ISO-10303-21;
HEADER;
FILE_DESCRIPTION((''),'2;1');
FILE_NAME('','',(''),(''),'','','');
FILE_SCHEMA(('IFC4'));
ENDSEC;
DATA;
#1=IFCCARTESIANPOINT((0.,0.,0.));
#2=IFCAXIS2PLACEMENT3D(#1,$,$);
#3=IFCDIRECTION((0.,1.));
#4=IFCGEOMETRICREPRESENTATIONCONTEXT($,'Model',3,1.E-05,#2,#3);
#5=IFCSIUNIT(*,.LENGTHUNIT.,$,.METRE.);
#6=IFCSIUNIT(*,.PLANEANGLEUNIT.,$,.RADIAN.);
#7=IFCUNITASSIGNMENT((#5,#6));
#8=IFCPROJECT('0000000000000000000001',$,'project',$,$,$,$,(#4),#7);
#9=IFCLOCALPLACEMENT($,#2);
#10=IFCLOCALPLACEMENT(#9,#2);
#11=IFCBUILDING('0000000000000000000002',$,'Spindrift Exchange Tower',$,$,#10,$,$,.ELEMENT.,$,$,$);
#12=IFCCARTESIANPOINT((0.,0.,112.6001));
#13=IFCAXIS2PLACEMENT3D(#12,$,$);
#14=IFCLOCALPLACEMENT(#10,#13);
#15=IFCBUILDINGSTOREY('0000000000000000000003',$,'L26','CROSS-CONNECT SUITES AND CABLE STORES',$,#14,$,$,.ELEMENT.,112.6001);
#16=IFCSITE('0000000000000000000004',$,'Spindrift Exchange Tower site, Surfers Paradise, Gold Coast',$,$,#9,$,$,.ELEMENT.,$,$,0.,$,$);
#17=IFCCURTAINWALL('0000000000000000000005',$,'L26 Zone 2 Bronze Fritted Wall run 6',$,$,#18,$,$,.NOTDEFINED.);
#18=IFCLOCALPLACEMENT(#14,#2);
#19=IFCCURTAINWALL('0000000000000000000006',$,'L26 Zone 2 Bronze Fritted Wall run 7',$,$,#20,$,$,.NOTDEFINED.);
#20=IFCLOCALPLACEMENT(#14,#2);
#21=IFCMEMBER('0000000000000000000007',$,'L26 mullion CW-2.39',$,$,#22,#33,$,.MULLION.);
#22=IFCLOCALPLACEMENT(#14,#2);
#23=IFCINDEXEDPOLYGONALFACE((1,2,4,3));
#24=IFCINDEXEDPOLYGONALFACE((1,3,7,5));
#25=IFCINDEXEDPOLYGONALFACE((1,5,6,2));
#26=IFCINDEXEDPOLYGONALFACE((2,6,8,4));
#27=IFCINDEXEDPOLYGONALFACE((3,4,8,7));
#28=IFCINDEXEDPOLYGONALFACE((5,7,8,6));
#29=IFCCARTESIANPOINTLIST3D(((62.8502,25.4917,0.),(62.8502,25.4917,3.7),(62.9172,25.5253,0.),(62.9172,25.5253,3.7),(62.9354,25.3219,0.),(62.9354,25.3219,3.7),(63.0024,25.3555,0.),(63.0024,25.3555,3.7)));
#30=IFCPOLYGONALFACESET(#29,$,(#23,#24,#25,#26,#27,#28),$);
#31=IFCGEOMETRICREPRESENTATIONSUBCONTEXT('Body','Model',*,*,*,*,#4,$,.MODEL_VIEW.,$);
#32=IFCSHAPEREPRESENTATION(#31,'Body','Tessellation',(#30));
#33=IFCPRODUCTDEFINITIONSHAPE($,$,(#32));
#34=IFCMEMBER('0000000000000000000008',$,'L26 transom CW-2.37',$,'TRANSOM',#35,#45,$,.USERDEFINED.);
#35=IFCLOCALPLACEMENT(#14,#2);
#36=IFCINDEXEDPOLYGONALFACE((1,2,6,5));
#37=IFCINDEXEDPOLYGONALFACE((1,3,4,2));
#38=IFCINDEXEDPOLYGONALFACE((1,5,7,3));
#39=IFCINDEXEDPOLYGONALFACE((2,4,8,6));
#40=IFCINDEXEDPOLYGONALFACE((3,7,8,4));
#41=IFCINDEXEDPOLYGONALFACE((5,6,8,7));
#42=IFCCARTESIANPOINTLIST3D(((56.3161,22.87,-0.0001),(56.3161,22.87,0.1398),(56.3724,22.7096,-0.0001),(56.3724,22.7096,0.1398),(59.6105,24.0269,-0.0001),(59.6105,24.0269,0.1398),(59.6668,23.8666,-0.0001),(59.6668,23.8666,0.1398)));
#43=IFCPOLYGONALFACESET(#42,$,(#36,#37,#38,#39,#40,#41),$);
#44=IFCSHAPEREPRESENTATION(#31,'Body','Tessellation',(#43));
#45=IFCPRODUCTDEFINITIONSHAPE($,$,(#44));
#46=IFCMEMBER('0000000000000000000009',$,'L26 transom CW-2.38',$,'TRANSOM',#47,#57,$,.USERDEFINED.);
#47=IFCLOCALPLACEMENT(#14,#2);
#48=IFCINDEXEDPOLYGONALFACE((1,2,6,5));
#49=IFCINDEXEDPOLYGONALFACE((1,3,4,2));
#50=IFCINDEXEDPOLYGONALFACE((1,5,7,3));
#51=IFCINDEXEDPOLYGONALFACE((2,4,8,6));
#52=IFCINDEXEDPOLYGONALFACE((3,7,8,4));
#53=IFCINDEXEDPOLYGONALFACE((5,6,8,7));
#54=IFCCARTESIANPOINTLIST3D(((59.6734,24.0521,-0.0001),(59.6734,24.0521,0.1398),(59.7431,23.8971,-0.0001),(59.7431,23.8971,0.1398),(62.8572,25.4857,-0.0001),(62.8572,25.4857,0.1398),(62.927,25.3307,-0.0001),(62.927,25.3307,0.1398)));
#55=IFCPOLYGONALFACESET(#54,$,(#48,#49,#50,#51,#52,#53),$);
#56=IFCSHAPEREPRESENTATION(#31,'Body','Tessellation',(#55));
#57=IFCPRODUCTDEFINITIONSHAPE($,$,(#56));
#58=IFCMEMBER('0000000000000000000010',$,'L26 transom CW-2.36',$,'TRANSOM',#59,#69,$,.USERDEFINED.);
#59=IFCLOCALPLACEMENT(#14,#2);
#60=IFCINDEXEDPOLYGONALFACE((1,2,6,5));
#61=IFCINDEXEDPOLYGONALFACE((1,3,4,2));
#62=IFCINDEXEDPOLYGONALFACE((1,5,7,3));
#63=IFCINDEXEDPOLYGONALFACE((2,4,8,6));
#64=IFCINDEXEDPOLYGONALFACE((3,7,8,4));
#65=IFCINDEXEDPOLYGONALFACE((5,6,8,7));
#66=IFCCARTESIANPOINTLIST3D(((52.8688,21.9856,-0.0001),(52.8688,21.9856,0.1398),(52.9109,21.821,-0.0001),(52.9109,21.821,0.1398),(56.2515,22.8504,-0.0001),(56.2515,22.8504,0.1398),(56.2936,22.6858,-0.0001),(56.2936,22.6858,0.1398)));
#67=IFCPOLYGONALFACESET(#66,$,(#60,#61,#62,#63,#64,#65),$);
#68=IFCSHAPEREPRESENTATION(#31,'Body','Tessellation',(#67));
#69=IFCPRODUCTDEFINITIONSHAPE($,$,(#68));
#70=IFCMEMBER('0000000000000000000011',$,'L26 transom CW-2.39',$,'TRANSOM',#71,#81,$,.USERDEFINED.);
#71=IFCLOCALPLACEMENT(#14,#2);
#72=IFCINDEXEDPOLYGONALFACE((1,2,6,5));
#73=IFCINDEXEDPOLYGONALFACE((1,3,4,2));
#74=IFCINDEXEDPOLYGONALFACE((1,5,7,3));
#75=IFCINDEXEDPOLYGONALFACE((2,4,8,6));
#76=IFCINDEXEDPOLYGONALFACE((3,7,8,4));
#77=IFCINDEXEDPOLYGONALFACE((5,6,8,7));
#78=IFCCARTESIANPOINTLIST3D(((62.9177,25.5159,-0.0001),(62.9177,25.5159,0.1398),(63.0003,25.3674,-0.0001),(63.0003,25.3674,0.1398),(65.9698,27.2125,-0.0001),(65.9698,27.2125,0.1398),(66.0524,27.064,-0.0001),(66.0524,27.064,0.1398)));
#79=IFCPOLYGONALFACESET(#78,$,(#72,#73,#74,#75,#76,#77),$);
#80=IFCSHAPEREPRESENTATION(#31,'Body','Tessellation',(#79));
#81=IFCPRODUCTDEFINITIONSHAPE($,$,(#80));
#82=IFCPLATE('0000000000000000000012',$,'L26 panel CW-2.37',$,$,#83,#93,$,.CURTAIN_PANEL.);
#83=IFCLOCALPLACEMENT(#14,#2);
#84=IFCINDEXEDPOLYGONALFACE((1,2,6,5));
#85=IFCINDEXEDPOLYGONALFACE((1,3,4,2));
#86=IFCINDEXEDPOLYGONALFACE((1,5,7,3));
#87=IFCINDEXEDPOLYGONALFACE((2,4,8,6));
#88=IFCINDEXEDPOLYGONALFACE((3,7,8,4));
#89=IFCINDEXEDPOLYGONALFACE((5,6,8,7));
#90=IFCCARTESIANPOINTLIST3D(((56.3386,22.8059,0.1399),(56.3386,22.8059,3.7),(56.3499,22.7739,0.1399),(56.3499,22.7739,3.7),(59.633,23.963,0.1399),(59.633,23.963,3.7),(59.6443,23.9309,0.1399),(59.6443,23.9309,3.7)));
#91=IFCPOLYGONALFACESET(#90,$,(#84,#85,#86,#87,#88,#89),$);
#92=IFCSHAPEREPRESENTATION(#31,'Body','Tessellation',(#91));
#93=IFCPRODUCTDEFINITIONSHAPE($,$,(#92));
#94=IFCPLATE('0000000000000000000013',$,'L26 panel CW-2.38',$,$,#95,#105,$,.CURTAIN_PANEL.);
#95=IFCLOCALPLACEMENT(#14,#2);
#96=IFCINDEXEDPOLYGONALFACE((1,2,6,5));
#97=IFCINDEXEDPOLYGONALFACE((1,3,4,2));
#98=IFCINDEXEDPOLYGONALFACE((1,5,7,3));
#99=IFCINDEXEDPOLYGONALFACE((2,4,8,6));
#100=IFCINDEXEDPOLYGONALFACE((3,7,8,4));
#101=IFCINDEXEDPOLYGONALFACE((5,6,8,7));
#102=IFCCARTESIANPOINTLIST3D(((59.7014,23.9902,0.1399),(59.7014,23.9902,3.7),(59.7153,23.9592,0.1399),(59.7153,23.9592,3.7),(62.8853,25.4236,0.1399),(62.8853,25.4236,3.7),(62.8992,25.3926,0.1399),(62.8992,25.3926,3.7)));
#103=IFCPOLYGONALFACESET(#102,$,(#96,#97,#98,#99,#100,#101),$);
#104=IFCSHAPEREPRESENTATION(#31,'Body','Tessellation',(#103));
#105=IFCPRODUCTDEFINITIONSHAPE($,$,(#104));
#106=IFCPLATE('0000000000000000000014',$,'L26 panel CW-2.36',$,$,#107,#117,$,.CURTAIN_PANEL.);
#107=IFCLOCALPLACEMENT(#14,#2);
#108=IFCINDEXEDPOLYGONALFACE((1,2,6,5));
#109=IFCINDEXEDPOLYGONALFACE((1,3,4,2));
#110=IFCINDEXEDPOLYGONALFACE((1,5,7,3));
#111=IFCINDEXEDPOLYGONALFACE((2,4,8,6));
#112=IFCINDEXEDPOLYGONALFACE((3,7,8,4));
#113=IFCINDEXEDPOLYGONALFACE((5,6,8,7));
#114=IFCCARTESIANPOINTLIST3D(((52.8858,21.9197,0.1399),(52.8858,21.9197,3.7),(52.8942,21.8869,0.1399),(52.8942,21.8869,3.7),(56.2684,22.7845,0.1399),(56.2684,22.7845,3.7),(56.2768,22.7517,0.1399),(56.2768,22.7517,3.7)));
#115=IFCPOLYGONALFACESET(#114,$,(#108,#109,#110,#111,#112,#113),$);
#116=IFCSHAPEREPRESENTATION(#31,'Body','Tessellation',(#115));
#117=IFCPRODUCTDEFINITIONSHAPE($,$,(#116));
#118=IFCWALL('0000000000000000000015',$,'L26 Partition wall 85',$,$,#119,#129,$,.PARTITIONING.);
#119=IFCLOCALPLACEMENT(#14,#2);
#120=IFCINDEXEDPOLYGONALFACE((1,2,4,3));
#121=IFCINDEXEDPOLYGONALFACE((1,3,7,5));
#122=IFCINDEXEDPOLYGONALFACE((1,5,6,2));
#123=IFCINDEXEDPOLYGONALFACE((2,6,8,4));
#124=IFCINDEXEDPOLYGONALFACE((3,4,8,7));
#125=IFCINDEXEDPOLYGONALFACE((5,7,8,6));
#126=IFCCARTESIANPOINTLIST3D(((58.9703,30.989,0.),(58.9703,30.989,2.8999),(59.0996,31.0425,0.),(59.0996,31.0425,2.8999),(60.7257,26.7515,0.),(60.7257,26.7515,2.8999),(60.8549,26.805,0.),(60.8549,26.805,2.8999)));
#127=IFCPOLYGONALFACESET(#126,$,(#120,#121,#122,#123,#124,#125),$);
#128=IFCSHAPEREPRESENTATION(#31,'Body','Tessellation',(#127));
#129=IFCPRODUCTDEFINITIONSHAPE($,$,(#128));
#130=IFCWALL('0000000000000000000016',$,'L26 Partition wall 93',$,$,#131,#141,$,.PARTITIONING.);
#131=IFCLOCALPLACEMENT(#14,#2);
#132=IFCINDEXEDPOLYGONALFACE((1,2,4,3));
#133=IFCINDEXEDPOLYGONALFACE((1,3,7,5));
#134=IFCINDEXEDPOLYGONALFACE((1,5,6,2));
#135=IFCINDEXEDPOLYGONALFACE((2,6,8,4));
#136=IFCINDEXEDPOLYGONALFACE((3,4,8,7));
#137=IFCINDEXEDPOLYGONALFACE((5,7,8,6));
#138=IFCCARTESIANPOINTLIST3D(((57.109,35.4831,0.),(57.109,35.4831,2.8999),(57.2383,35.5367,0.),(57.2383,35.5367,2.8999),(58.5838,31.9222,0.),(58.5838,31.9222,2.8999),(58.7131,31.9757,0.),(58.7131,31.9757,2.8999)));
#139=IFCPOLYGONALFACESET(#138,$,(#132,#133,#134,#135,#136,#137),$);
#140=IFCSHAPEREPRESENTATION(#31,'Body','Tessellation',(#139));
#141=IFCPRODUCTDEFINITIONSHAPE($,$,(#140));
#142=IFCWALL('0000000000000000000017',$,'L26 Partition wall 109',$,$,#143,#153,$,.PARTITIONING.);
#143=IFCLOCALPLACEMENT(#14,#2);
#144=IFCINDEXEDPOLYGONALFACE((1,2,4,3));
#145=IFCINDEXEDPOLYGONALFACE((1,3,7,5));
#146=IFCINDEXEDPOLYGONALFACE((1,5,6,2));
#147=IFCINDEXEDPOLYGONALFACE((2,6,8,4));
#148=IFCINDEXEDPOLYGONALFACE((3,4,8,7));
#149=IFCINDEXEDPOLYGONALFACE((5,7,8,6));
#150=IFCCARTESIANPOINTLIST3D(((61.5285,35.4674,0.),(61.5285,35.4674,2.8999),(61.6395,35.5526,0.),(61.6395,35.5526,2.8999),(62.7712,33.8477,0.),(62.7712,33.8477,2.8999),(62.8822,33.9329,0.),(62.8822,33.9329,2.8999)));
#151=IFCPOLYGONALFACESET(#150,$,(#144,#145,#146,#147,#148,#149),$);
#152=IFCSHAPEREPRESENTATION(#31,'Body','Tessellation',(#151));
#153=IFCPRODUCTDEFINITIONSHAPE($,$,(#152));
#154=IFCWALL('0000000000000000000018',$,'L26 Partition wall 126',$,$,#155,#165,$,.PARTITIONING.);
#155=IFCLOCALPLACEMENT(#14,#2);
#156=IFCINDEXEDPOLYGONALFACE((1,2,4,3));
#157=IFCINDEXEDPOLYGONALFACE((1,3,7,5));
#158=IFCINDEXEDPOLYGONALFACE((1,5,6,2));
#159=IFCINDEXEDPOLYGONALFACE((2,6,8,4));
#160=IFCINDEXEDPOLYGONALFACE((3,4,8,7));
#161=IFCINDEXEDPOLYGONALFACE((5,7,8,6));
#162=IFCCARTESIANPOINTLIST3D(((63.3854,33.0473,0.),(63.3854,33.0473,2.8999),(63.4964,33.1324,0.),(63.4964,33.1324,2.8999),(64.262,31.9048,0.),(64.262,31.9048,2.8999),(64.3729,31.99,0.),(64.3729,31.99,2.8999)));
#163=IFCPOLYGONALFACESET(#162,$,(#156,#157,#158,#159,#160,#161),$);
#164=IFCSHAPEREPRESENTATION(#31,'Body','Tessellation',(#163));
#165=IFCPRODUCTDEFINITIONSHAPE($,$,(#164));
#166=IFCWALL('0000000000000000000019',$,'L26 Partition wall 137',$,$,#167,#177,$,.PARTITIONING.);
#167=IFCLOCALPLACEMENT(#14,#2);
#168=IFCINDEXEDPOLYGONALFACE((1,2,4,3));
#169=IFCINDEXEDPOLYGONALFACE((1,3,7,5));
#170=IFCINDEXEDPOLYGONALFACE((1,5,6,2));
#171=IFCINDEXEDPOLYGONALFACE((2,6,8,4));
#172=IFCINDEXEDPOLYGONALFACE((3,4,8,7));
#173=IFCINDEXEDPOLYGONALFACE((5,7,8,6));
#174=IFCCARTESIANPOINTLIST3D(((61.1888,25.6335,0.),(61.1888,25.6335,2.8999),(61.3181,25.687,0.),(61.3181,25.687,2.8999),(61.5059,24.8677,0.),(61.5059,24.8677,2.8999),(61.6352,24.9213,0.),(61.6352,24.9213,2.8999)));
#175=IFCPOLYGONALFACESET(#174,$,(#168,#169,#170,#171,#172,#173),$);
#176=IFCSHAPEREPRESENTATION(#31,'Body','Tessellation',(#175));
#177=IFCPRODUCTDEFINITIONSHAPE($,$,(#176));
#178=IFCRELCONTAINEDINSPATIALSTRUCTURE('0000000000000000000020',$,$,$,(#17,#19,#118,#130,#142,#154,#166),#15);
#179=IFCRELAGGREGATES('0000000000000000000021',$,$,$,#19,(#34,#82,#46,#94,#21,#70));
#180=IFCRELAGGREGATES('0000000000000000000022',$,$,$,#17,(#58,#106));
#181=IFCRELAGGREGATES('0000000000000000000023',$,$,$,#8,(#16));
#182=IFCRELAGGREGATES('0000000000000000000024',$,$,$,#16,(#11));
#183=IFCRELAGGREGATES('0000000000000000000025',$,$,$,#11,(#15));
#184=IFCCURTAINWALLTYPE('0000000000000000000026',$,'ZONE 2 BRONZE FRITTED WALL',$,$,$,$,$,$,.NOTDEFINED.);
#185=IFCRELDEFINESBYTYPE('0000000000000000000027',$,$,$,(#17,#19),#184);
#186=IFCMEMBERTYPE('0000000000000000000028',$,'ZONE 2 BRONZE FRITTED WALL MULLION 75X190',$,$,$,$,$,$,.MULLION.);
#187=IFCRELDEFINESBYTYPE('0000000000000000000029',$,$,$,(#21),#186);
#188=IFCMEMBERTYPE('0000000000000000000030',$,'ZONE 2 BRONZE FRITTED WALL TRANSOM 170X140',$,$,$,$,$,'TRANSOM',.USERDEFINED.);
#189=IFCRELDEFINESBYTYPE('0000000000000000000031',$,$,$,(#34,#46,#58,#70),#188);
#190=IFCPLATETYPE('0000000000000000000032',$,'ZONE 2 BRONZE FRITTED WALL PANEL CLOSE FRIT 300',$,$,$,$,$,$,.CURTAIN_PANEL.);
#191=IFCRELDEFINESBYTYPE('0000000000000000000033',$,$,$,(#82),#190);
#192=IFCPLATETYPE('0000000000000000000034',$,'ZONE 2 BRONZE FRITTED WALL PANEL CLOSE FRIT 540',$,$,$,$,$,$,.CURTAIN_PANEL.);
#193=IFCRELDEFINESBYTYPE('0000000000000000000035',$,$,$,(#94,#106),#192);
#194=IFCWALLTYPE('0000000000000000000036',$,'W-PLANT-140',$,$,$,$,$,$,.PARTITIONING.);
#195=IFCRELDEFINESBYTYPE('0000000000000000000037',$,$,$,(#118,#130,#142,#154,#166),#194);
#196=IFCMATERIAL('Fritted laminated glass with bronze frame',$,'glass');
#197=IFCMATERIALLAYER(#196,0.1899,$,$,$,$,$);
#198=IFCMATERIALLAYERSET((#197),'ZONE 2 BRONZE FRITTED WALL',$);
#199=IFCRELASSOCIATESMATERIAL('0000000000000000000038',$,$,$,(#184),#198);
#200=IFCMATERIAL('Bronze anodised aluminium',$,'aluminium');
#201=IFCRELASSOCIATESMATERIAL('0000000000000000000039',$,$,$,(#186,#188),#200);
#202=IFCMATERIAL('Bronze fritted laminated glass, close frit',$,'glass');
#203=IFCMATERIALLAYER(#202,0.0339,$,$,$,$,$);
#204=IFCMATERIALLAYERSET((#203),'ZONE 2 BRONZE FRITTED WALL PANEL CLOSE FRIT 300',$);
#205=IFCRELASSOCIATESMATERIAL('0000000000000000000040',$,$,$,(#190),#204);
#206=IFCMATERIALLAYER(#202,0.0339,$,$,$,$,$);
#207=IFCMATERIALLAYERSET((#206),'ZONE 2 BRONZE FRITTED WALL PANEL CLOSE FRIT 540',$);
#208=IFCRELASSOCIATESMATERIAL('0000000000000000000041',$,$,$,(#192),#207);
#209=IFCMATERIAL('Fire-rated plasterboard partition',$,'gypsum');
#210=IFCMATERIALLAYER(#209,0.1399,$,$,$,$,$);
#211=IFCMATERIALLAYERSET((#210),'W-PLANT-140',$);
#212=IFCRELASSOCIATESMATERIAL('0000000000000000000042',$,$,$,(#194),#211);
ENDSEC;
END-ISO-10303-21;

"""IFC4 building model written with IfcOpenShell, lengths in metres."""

from ifc_helpers import new_model, si_unit, direction, frame, frame_2d, origin, origin_2d, place, context, subcontext, project, spatial, rectangle, extrude, source, transform, mapped, material, layer, layer_set, material_profile, profile_set, type_object, element, aggregate, save


model = new_model("IFC4")

# Units and contexts
model_context = context("Model", 3, precision=1e-05, world=origin(), true_north=direction((0.0, 1.0)))
body_context = subcontext(model_context, "Body", "Model", "MODEL_VIEW")
ifc_project = project(units=[si_unit("LENGTHUNIT", "METRE"), si_unit("PLANEANGLEUNIT", "RADIAN")], contexts=[model_context])

# Site, building, storey
site_placement = place(None, origin())
site = spatial("IfcSite", under=ifc_project, at=site_placement, Name="Spindrift Exchange Tower site, Surfers Paradise, Gold Coast", CompositionType="ELEMENT", RefElevation=0.0)
building_placement = place(site_placement, origin())
building = spatial("IfcBuilding", under=site, at=building_placement, Name="Spindrift Exchange Tower", CompositionType="ELEMENT")
storey_placement = place(building_placement, frame((0.0, 0.0, 112.6001)))
storey = spatial("IfcBuildingStorey", under=building, at=storey_placement, Name="L26", Description="CROSS-CONNECT SUITES AND CABLE STORES", CompositionType="ELEMENT", Elevation=112.6001)

# Curtain wall
ifc_material_1 = material(Name="Fritted laminated glass with bronze frame", Category="glass")
ifc_layer_1 = layer(ifc_material_1, 0.1899)
ifc_layer_set_1 = layer_set([ifc_layer_1], Name="ZONE 2 BRONZE FRITTED WALL")
curtain_wall_type = type_object("IfcCurtainWallType", Name="ZONE 2 BRONZE FRITTED WALL", PredefinedType="NOTDEFINED", material=ifc_layer_set_1)
curtain_wall_1_placement = place(storey_placement, origin())
curtain_wall_1 = element("IfcCurtainWall", 1, at=curtain_wall_1_placement, inside=storey, type_object=curtain_wall_type, Name="L26 Zone 2 Bronze Fritted Wall run 6", PredefinedType="NOTDEFINED")
ifc_material_2 = material(Name="Bronze anodised aluminium", Category="aluminium")
ifc_material_profile_1 = material_profile(ifc_material_2, rectangle(XDim=0.075, YDim=0.1899, at=origin_2d()), Name="ZONE 2 BRONZE FRITTED WALL MULLION 75X190")
ifc_profile_set_1 = profile_set([ifc_material_profile_1], Name="Bronze anodised aluminium")
member_type_1 = type_object("IfcMemberType", Name="ZONE 2 BRONZE FRITTED WALL MULLION 75X190", PredefinedType="MULLION", material=ifc_profile_set_1)
shared_shape_1 = source(origin(), body_context, "Body", "SweptSolid", [
    extrude(rectangle(XDim=0.075, YDim=0.1899, at=origin_2d()), origin(), (0.0, 0.0, 1.0), 3.7),
])

# Curtain wall, members
curtain_wall_2_placement = place(storey_placement, origin())
curtain_wall_2 = element("IfcCurtainWall", 2, at=curtain_wall_2_placement, inside=storey, type_object=curtain_wall_type, Name="L26 Zone 2 Bronze Fritted Wall run 7", PredefinedType="NOTDEFINED")
member_1_placement = place(storey_placement, frame((62.9263, 25.4236, 0.0), z_axis=(0.0, 0.0, 1.0), x_axis=(0.893733, 0.448599, 0.0)))
member_1 = element("IfcMember", 3, at=member_1_placement, type_object=member_type_1, Name="L26 mullion CW-2.39", PredefinedType="MULLION", context=body_context, shape_type="MappedRepresentation", body=[
    mapped(shared_shape_1, transform((0.0, 0.0, 0.0), scale=1.0)),
])
ifc_material_profile_2 = material_profile(ifc_material_2, rectangle(XDim=0.1699, YDim=0.1399, at=origin_2d()), Name="ZONE 2 BRONZE FRITTED WALL TRANSOM 170X140")
ifc_profile_set_2 = profile_set([ifc_material_profile_2], Name="Bronze anodised aluminium")
member_type_2 = type_object("IfcMemberType", Name="ZONE 2 BRONZE FRITTED WALL TRANSOM 170X140", ElementType="TRANSOM", PredefinedType="USERDEFINED", material=ifc_profile_set_2)
shared_shape_2 = source(origin(), body_context, "Body", "SweptSolid", [
    extrude(rectangle(XDim=0.1699, YDim=0.1399, at=origin_2d()), origin(), (0.0, 0.0, 1.0), 3.4917),
])
member_2_placement = place(storey_placement, frame((56.3442, 22.7898, 0.0698), z_axis=(0.943507, 0.331353, 0.0), x_axis=(-0.331353, 0.943507, 0.0)))
member_2 = element("IfcMember", 4, at=member_2_placement, type_object=member_type_2, Name="L26 transom CW-2.37", ObjectType="TRANSOM", PredefinedType="USERDEFINED", context=body_context, shape_type="MappedRepresentation", body=[
    mapped(shared_shape_2, transform((0.0, 0.0, 0.0), scale=1.0)),
])
member_3_placement = place(storey_placement, frame((59.7083, 23.9746, 0.0698), z_axis=(0.911829, 0.410571, 0.0), x_axis=(-0.410571, 0.911829, 0.0)))
member_3 = element("IfcMember", 5, at=member_3_placement, type_object=member_type_2, Name="L26 transom CW-2.38", ObjectType="TRANSOM", PredefinedType="USERDEFINED", context=body_context, shape_type="MappedRepresentation", body=[
    mapped(shared_shape_2, transform((0.0, 0.0, 0.0), scale=1.0)),
])

# Members
shared_shape_3 = source(origin(), body_context, "Body", "SweptSolid", [
    extrude(rectangle(XDim=0.1699, YDim=0.1399, at=origin_2d()), origin(), (0.0, 0.0, 1.0), 3.4915),
])
member_4_placement = place(storey_placement, frame((52.8899, 21.9033, 0.0698), z_axis=(0.968841, 0.247682, 0.0), x_axis=(-0.247682, 0.968841, 0.0)))
member_4 = element("IfcMember", 6, at=member_4_placement, type_object=member_type_2, Name="L26 transom CW-2.36", ObjectType="TRANSOM", PredefinedType="USERDEFINED", context=body_context, shape_type="MappedRepresentation", body=[
    mapped(shared_shape_3, transform((0.0, 0.0, 0.0), scale=1.0)),
])
shared_shape_4 = source(origin(), body_context, "Body", "SweptSolid", [
    extrude(rectangle(XDim=0.1699, YDim=0.1399, at=origin_2d()), origin(), (0.0, 0.0, 1.0), 3.4919),
])
member_5_placement = place(storey_placement, frame((62.959, 25.4417, 0.0698), z_axis=(0.874039, 0.485857, 0.0), x_axis=(-0.485857, 0.874039, 0.0)))
member_5 = element("IfcMember", 7, at=member_5_placement, type_object=member_type_2, Name="L26 transom CW-2.39", ObjectType="TRANSOM", PredefinedType="USERDEFINED", context=body_context, shape_type="MappedRepresentation", body=[
    mapped(shared_shape_4, transform((0.0, 0.0, 0.0), scale=1.0)),
])

# Plates
ifc_material_3 = material(Name="Bronze fritted laminated glass, close frit", Category="glass")
ifc_layer_2 = layer(ifc_material_3, 0.0339)
ifc_layer_set_2 = layer_set([ifc_layer_2], Name="ZONE 2 BRONZE FRITTED WALL PANEL CLOSE FRIT 300")
plate_type_1 = type_object("IfcPlateType", Name="ZONE 2 BRONZE FRITTED WALL PANEL CLOSE FRIT 300", PredefinedType="CURTAIN_PANEL", material=ifc_layer_set_2)
shared_shape_5 = source(origin(), body_context, "Body", "SweptSolid", [
    extrude(rectangle(XDim=3.4917, YDim=0.0339, at=origin_2d()), origin(), (0.0, 0.0, 1.0), 3.5601),
])
plate_1_placement = place(storey_placement, frame((57.9915, 23.3684, 0.1399), z_axis=(0.0, 0.0, 1.0), x_axis=(0.943498, 0.331377, 0.0)))
plate_1 = element("IfcPlate", 8, at=plate_1_placement, type_object=plate_type_1, Name="L26 panel CW-2.37", PredefinedType="CURTAIN_PANEL", context=body_context, shape_type="MappedRepresentation", body=[
    mapped(shared_shape_5, transform((0.0, 0.0, 0.0), scale=1.0)),
])
ifc_layer_3 = layer(ifc_material_3, 0.0339)
ifc_layer_set_3 = layer_set([ifc_layer_3], Name="ZONE 2 BRONZE FRITTED WALL PANEL CLOSE FRIT 540")
plate_type_2 = type_object("IfcPlateType", Name="ZONE 2 BRONZE FRITTED WALL PANEL CLOSE FRIT 540", PredefinedType="CURTAIN_PANEL", material=ifc_layer_set_3)
shared_shape_6 = source(origin(), body_context, "Body", "SweptSolid", [
    extrude(rectangle(XDim=3.4917, YDim=0.0339, at=origin_2d()), origin(), (0.0, 0.0, 1.0), 3.5601),
])
plate_2_placement = place(storey_placement, frame((61.3003, 24.6914, 0.1399), z_axis=(0.0, 0.0, 1.0), x_axis=(0.911852, 0.41052, 0.0)))
plate_2 = element("IfcPlate", 9, at=plate_2_placement, type_object=plate_type_2, Name="L26 panel CW-2.38", PredefinedType="CURTAIN_PANEL", context=body_context, shape_type="MappedRepresentation", body=[
    mapped(shared_shape_6, transform((0.0, 0.0, 0.0), scale=1.0)),
])
aggregate(curtain_wall_2, [member_2, plate_1, member_3, plate_2, member_1, member_5])
shared_shape_7 = source(origin(), body_context, "Body", "SweptSolid", [
    extrude(rectangle(XDim=3.4915, YDim=0.0339, at=origin_2d()), origin(), (0.0, 0.0, 1.0), 3.5601),
])
plate_3_placement = place(storey_placement, frame((54.5813, 22.3357, 0.1399), z_axis=(0.0, 0.0, 1.0), x_axis=(0.968839, 0.247691, 0.0)))
plate_3 = element("IfcPlate", 10, at=plate_3_placement, type_object=plate_type_2, Name="L26 panel CW-2.36", PredefinedType="CURTAIN_PANEL", context=body_context, shape_type="MappedRepresentation", body=[
    mapped(shared_shape_7, transform((0.0, 0.0, 0.0), scale=1.0)),
])
aggregate(curtain_wall_1, [member_4, plate_3])

# Walls
ifc_material_4 = material(Name="Fire-rated plasterboard partition", Category="gypsum")
ifc_layer_4 = layer(ifc_material_4, 0.1399)
ifc_layer_set_4 = layer_set([ifc_layer_4], Name="W-PLANT-140")
wall_type = type_object("IfcWallType", Name="W-PLANT-140", PredefinedType="PARTITIONING", material=ifc_layer_set_4)
wall_1_placement = place(storey_placement, frame((59.0349, 31.0159, 0.0), z_axis=(0.0, 0.0, 1.0), x_axis=(0.382706, -0.92387, 0.0)))
element("IfcWall", 11, at=wall_1_placement, inside=storey, type_object=wall_type, Name="L26 Partition wall 85", PredefinedType="PARTITIONING", context=body_context, shape_type="SweptSolid", body=[
    extrude(rectangle(XDim=4.5867, YDim=0.1399, at=frame_2d((2.2935, 0.0))), origin(), (0.0, 0.0, 1.0), 2.8999),
])
wall_2_placement = place(storey_placement, frame((57.1736, 35.51, 0.0), z_axis=(0.0, 0.0, 1.0), x_axis=(0.382645, -0.923896, 0.0)))
element("IfcWall", 12, at=wall_2_placement, inside=storey, type_object=wall_type, Name="L26 Partition wall 93", PredefinedType="PARTITIONING", context=body_context, shape_type="SweptSolid", body=[
    extrude(rectangle(XDim=3.8542, YDim=0.1399, at=frame_2d((1.9272, 0.0))), origin(), (0.0, 0.0, 1.0), 2.8999),
])
wall_3_placement = place(storey_placement, frame((61.584, 35.51, 0.0), z_axis=(0.0, 0.0, 1.0), x_axis=(0.608728, -0.793379, 0.0)))
element("IfcWall", 13, at=wall_3_placement, inside=storey, type_object=wall_type, Name="L26 Partition wall 109", PredefinedType="PARTITIONING", context=body_context, shape_type="SweptSolid", body=[
    extrude(rectangle(XDim=2.0415, YDim=0.1399, at=frame_2d((1.0208, 0.0))), origin(), (0.0, 0.0, 1.0), 2.8999),
])
wall_4_placement = place(storey_placement, frame((63.4409, 33.0898, 0.0), z_axis=(0.0, 0.0, 1.0), x_axis=(0.608727, -0.79338, 0.0)))
element("IfcWall", 14, at=wall_4_placement, inside=storey, type_object=wall_type, Name="L26 Partition wall 126", PredefinedType="PARTITIONING", context=body_context, shape_type="SweptSolid", body=[
    extrude(rectangle(XDim=1.4399, YDim=0.1399, at=frame_2d((0.72, 0.0))), origin(), (0.0, 0.0, 1.0), 2.8999),
])
wall_5_placement = place(storey_placement, frame((61.2534, 25.6604, 0.0), z_axis=(0.0, 0.0, 1.0), x_axis=(0.382586, -0.92392, 0.0)))
element("IfcWall", 15, at=wall_5_placement, inside=storey, type_object=wall_type, Name="L26 Partition wall 137", PredefinedType="PARTITIONING", context=body_context, shape_type="SweptSolid", body=[
    extrude(rectangle(XDim=0.8289, YDim=0.1399, at=frame_2d((0.4146, 0.0))), origin(), (0.0, 0.0, 1.0), 2.8999),
])

save(model, "model.ifc")
